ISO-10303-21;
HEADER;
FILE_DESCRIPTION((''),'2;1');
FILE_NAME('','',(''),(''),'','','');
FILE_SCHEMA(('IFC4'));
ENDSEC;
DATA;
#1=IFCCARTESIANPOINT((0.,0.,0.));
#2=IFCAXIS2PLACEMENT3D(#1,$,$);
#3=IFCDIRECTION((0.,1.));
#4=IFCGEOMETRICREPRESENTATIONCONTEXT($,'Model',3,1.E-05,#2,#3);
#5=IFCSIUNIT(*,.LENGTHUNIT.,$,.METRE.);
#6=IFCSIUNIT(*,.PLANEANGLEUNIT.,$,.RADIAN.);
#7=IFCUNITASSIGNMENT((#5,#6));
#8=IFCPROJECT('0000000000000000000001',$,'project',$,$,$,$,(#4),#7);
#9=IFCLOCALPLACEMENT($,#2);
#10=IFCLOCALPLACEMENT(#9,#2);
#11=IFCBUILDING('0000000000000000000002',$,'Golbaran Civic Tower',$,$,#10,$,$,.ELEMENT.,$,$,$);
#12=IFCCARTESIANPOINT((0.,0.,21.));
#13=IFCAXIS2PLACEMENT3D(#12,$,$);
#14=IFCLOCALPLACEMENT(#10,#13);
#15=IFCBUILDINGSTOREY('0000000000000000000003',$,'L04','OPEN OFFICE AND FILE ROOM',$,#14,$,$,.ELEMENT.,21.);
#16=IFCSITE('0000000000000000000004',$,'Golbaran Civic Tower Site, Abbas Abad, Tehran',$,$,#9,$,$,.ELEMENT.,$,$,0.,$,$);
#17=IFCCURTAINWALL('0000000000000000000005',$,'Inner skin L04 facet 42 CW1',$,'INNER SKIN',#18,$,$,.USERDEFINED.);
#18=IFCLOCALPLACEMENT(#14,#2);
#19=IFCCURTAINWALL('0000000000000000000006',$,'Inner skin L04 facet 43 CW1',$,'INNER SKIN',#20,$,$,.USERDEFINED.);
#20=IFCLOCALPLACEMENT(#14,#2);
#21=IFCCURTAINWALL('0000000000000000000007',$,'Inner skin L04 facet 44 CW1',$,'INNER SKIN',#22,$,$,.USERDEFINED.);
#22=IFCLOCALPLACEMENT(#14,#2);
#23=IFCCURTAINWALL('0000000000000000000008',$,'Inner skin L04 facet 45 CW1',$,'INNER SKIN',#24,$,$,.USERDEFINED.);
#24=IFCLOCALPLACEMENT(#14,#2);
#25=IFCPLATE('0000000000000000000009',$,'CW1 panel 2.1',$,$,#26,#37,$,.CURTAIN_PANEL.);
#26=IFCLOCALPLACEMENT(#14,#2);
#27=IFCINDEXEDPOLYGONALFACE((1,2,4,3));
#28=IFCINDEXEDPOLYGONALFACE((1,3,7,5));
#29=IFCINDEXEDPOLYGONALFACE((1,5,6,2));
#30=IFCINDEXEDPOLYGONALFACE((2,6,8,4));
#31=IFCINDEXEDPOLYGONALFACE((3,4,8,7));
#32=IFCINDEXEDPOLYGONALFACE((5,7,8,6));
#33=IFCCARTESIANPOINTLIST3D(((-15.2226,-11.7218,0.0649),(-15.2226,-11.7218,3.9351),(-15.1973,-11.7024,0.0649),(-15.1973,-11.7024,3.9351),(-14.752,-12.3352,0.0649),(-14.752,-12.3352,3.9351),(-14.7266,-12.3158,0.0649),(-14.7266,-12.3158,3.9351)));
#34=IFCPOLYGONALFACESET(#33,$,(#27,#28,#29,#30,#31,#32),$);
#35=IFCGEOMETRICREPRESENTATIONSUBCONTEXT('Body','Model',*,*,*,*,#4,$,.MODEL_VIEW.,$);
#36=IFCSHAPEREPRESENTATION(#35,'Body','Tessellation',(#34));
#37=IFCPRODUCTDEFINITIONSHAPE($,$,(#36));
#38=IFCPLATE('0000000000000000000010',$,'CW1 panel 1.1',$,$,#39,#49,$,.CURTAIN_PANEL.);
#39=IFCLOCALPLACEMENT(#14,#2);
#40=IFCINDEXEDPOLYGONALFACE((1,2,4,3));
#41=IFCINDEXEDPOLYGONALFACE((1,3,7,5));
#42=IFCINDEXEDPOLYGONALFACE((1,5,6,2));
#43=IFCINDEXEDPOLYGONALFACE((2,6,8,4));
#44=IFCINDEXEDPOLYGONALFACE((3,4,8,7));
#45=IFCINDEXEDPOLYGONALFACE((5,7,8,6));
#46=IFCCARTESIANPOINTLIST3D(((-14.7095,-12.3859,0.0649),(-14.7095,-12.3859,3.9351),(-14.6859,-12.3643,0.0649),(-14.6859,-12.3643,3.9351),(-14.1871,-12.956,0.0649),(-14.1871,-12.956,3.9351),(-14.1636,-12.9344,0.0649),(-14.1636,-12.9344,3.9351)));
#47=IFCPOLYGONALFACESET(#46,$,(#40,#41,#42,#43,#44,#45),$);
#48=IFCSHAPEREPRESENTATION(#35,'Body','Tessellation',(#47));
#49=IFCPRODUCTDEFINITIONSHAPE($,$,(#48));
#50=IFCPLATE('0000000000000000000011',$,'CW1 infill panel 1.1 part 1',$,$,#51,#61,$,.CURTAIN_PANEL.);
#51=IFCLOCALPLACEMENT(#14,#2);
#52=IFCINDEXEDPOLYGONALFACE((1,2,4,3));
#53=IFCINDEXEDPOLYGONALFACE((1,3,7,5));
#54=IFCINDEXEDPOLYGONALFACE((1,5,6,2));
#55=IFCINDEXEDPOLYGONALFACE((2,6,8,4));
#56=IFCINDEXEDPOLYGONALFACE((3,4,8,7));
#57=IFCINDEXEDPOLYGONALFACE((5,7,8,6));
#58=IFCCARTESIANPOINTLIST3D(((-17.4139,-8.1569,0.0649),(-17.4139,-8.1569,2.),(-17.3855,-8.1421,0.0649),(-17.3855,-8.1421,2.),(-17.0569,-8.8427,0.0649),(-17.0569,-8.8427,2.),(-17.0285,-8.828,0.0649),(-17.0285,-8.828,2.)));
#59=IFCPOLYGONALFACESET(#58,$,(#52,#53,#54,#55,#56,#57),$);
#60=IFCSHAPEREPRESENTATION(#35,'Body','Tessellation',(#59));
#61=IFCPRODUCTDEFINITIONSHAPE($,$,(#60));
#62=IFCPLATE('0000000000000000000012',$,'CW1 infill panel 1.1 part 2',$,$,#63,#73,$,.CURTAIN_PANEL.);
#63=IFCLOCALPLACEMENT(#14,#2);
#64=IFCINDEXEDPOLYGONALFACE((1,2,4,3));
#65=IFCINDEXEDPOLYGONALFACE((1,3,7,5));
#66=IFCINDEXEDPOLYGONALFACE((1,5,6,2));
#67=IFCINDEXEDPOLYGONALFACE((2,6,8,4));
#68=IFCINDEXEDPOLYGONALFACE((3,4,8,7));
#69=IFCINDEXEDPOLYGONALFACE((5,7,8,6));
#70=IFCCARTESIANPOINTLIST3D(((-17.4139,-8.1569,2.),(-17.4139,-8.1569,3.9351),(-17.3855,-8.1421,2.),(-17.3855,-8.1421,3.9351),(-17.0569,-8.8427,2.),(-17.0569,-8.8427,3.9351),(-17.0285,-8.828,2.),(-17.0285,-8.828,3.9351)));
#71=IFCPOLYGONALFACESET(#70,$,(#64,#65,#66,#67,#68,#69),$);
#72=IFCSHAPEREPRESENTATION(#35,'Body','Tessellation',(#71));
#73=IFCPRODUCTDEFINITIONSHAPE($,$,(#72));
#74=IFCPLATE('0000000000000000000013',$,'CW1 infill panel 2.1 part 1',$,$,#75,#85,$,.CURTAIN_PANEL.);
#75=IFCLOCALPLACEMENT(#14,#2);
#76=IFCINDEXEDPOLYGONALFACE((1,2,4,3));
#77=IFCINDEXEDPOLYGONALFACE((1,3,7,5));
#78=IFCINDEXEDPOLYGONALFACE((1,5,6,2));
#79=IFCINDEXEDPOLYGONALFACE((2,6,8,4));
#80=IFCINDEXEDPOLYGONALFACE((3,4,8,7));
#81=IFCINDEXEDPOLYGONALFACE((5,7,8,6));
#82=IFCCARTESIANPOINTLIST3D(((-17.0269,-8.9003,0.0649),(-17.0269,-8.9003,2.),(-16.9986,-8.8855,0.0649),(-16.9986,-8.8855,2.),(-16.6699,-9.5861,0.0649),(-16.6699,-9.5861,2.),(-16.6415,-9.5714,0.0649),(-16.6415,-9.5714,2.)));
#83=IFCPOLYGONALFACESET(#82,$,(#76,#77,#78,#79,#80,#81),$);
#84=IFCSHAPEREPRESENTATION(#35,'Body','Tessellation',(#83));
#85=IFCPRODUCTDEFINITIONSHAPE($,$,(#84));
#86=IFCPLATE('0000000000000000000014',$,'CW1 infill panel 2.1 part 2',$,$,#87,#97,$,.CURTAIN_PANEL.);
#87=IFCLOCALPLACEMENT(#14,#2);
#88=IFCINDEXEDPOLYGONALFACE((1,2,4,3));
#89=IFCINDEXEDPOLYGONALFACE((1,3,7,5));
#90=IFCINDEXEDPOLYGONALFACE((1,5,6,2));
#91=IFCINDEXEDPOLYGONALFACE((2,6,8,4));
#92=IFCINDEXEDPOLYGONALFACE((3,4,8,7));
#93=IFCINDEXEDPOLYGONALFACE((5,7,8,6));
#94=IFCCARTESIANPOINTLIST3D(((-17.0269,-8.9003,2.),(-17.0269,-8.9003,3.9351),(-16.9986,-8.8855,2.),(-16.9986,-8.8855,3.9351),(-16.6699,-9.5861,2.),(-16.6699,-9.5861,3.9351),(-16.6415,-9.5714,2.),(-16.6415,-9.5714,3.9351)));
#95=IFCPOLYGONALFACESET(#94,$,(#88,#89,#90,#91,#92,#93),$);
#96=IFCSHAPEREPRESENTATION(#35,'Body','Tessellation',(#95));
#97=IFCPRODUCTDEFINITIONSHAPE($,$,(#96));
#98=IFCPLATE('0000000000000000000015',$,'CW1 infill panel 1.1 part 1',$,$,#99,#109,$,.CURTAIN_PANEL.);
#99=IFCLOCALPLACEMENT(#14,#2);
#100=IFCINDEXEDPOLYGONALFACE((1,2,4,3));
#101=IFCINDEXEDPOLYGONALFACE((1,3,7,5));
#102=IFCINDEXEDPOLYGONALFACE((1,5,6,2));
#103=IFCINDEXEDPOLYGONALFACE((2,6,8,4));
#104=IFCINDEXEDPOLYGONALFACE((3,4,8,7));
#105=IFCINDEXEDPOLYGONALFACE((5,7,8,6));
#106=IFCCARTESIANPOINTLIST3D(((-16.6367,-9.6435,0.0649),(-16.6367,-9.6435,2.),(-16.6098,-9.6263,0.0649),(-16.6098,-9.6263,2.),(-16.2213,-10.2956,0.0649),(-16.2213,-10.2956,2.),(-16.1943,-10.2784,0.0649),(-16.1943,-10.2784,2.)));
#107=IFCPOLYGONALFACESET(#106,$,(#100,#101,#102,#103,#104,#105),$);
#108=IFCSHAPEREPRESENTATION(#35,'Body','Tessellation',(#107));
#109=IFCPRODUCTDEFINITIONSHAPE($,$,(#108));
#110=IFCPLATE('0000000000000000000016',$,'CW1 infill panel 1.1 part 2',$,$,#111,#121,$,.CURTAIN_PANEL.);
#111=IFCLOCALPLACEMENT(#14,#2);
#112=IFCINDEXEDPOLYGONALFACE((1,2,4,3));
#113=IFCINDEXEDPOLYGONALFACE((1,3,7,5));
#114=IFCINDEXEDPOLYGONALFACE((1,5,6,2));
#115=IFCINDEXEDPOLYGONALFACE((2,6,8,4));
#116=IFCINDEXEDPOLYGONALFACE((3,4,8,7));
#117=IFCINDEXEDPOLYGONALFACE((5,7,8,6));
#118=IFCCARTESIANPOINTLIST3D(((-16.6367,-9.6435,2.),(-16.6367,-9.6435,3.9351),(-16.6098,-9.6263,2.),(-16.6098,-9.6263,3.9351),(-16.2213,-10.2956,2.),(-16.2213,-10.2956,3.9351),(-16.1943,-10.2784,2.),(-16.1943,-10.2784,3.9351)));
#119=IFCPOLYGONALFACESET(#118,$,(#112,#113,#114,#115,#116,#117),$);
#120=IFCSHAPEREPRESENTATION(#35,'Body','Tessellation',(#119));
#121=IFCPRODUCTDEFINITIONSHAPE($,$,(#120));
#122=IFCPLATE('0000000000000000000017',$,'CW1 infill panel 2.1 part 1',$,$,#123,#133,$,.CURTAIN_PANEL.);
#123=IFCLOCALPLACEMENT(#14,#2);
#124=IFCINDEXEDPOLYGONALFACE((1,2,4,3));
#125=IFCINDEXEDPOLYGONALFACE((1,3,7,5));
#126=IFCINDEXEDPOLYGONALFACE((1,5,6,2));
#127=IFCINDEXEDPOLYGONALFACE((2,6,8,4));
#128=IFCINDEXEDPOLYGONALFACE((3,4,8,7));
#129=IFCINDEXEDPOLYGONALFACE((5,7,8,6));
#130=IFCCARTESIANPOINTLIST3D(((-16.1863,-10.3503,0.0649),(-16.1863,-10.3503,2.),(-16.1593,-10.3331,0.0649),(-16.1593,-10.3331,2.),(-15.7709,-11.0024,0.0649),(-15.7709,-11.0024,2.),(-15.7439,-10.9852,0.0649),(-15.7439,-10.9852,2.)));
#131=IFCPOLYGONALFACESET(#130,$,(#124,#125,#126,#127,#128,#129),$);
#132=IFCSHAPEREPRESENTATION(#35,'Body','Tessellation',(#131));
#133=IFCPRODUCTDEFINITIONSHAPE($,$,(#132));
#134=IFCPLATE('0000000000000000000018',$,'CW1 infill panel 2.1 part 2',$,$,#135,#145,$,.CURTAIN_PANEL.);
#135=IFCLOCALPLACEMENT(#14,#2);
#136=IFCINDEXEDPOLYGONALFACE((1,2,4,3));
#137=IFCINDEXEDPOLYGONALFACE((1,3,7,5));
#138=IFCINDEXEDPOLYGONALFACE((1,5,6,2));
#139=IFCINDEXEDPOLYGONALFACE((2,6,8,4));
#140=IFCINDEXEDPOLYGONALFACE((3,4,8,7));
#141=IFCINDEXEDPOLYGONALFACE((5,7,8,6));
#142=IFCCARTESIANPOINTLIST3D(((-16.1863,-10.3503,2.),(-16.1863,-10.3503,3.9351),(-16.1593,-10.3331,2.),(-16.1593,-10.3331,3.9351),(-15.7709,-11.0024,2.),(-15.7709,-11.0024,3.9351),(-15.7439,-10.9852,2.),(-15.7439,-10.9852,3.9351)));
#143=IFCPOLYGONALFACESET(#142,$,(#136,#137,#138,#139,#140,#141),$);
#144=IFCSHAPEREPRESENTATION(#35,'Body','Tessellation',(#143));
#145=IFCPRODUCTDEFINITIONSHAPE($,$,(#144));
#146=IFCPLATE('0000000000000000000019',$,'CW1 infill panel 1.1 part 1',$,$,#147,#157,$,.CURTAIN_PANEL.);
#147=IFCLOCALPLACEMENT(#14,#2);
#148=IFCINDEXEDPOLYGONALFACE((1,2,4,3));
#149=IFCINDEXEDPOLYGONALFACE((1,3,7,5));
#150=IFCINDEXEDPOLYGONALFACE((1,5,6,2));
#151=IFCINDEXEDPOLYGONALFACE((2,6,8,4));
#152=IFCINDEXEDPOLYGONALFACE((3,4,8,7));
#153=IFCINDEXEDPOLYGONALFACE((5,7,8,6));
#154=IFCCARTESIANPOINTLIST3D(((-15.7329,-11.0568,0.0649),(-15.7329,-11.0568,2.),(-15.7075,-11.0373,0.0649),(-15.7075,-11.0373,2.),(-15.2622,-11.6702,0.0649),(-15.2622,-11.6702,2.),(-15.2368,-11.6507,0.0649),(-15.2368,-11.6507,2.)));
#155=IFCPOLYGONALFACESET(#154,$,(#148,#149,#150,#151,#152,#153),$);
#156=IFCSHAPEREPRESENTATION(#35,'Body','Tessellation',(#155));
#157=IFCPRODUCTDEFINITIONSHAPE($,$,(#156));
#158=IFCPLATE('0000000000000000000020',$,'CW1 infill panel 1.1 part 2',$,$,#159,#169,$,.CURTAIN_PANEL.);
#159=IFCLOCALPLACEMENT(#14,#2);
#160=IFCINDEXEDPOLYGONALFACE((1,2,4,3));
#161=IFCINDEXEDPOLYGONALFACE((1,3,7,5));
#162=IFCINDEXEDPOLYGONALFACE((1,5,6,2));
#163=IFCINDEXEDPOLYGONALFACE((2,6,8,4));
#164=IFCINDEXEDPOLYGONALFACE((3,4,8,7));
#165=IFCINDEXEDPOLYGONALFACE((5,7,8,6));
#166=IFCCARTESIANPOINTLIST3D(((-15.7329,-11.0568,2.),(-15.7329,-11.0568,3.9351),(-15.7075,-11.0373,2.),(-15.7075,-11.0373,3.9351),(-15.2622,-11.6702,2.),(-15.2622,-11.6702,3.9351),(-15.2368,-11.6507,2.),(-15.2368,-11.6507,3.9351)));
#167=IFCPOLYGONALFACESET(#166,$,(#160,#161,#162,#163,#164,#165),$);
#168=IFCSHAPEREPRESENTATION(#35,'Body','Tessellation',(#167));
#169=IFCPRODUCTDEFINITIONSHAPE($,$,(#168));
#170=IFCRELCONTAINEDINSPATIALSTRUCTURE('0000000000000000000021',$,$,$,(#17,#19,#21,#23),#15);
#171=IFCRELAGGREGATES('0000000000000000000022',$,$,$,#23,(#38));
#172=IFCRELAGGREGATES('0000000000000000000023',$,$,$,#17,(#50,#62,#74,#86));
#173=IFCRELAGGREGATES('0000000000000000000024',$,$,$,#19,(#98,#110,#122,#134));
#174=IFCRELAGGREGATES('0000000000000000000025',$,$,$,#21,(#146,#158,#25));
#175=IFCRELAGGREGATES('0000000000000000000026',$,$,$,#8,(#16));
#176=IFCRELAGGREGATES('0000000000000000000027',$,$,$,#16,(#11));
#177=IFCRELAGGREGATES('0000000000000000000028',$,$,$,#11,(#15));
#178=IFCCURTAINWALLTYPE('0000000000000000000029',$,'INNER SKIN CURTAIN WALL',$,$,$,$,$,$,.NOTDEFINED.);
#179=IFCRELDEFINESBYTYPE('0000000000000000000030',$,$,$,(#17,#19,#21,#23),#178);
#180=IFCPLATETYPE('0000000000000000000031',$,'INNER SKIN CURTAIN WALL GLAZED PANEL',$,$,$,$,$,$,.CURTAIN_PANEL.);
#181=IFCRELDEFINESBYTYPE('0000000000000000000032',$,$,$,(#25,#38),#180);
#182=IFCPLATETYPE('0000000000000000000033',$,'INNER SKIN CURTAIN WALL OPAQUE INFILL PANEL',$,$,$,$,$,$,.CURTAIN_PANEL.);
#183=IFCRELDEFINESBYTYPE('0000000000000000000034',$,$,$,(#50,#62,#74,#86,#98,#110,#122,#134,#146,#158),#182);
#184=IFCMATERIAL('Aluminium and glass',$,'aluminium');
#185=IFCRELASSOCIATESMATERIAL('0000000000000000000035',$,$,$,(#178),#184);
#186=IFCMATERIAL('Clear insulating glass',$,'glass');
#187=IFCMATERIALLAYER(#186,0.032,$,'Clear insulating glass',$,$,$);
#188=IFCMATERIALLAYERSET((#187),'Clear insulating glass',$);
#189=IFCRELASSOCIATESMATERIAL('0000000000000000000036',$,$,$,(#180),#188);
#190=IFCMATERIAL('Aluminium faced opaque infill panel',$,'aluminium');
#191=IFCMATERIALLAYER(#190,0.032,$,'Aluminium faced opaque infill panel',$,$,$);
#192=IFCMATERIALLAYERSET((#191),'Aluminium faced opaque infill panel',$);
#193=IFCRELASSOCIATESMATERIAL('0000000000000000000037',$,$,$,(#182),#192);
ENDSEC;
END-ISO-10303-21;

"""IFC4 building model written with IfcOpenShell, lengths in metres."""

from ifc_helpers import new_model, si_unit, direction, frame, origin, origin_2d, place, context, subcontext, project, spatial, rectangle, extrude, material, layer, layer_set, type_object, element, aggregate, save


model = new_model("IFC4")

# Units and contexts
model_context = context("Model", 3, precision=1e-05, world=origin(), true_north=direction((0.0, 1.0)))
body_context = subcontext(model_context, "Body", "Model", "MODEL_VIEW")
ifc_project = project(units=[si_unit("LENGTHUNIT", "METRE"), si_unit("PLANEANGLEUNIT", "RADIAN")], contexts=[model_context])

# Site, building, storey
site_placement = place(None, origin())
site = spatial("IfcSite", under=ifc_project, at=site_placement, Name="Golbaran Civic Tower Site, Abbas Abad, Tehran", CompositionType="ELEMENT", RefElevation=0.0)
building_placement = place(site_placement, origin())
building = spatial("IfcBuilding", under=site, at=building_placement, Name="Golbaran Civic Tower", CompositionType="ELEMENT")
storey_placement = place(building_placement, frame((0.0, 0.0, 21.0)))
storey = spatial("IfcBuildingStorey", under=building, at=storey_placement, Name="L04", Description="OPEN OFFICE AND FILE ROOM", CompositionType="ELEMENT", Elevation=21.0)

# Curtain walls
ifc_material_1 = material(Name="Aluminium and glass", Category="aluminium")
curtain_wall_type = type_object("IfcCurtainWallType", Name="INNER SKIN CURTAIN WALL", PredefinedType="NOTDEFINED", material=ifc_material_1)
curtain_wall_1_placement = place(storey_placement, origin())
curtain_wall_1 = element("IfcCurtainWall", 1, at=curtain_wall_1_placement, inside=storey, type_object=curtain_wall_type, Name="Inner skin L04 facet 42 CW1", ObjectType="INNER SKIN", PredefinedType="USERDEFINED")
curtain_wall_2_placement = place(storey_placement, origin())
curtain_wall_2 = element("IfcCurtainWall", 2, at=curtain_wall_2_placement, inside=storey, type_object=curtain_wall_type, Name="Inner skin L04 facet 43 CW1", ObjectType="INNER SKIN", PredefinedType="USERDEFINED")
curtain_wall_3_placement = place(storey_placement, origin())
curtain_wall_3 = element("IfcCurtainWall", 3, at=curtain_wall_3_placement, inside=storey, type_object=curtain_wall_type, Name="Inner skin L04 facet 44 CW1", ObjectType="INNER SKIN", PredefinedType="USERDEFINED")

# Curtain wall
curtain_wall_4_placement = place(storey_placement, origin())
curtain_wall_4 = element("IfcCurtainWall", 4, at=curtain_wall_4_placement, inside=storey, type_object=curtain_wall_type, Name="Inner skin L04 facet 45 CW1", ObjectType="INNER SKIN", PredefinedType="USERDEFINED")

# Plates
ifc_material_2 = material(Name="Clear insulating glass", Category="glass")
ifc_layer_1 = layer(ifc_material_2, 0.032, Name="Clear insulating glass")
ifc_layer_set_1 = layer_set([ifc_layer_1], Name="Clear insulating glass")
plate_type_1 = type_object("IfcPlateType", Name="INNER SKIN CURTAIN WALL GLAZED PANEL", PredefinedType="CURTAIN_PANEL", material=ifc_layer_set_1)
plate_1_placement = place(storey_placement, frame((-14.9746, -12.0188, 0.0649), z_axis=(0.0, 0.0, 1.0), x_axis=(0.608761, -0.793353, 0.0)))
plate_1 = element("IfcPlate", 5, at=plate_1_placement, type_object=plate_type_1, Name="CW1 panel 2.1", PredefinedType="CURTAIN_PANEL", context=body_context, shape_type="SweptSolid", body=[
    extrude(rectangle(XDim=0.7732, YDim=0.032, at=origin_2d()), origin(), (0.0, 0.0, 1.0), 3.8701),
])
plate_2_placement = place(storey_placement, frame((-14.4365, -12.6602, 0.0649), z_axis=(0.0, 0.0, 1.0), x_axis=(0.67559, -0.737277, 0.0)))
plate_2 = element("IfcPlate", 6, at=plate_2_placement, type_object=plate_type_1, Name="CW1 panel 1.1", PredefinedType="CURTAIN_PANEL", context=body_context, shape_type="SweptSolid", body=[
    extrude(rectangle(XDim=0.7732, YDim=0.032, at=origin_2d()), origin(), (0.0, 0.0, 1.0), 3.8701),
])
aggregate(curtain_wall_4, [plate_2])
ifc_material_3 = material(Name="Aluminium faced opaque infill panel", Category="aluminium")
ifc_layer_2 = layer(ifc_material_3, 0.032, Name="Aluminium faced opaque infill panel")
ifc_layer_set_2 = layer_set([ifc_layer_2], Name="Aluminium faced opaque infill panel")
plate_type_2 = type_object("IfcPlateType", Name="INNER SKIN CURTAIN WALL OPAQUE INFILL PANEL", PredefinedType="CURTAIN_PANEL", material=ifc_layer_set_2)
plate_3_placement = place(storey_placement, frame((-17.2212, -8.4924, 0.0649), z_axis=(0.0, 0.0, 1.0), x_axis=(0.461749, -0.887011, 0.0)))
plate_3 = element("IfcPlate", 7, at=plate_3_placement, type_object=plate_type_2, Name="CW1 infill panel 1.1 part 1", PredefinedType="CURTAIN_PANEL", context=body_context, shape_type="SweptSolid", body=[
    extrude(rectangle(XDim=0.7732, YDim=0.032, at=origin_2d()), origin(), (0.0, 0.0, 1.0), 1.9351),
])
plate_4_placement = place(storey_placement, frame((-17.2212, -8.4924, 2.0), z_axis=(0.0, 0.0, 1.0), x_axis=(0.461749, -0.887011, 0.0)))
plate_4 = element("IfcPlate", 8, at=plate_4_placement, type_object=plate_type_2, Name="CW1 infill panel 1.1 part 2", PredefinedType="CURTAIN_PANEL", context=body_context, shape_type="SweptSolid", body=[
    extrude(rectangle(XDim=0.7732, YDim=0.032, at=origin_2d()), origin(), (0.0, 0.0, 1.0), 1.9351),
])
plate_5_placement = place(storey_placement, frame((-16.8342, -9.2358, 0.0649), z_axis=(0.0, 0.0, 1.0), x_axis=(0.461749, -0.887011, 0.0)))
plate_5 = element("IfcPlate", 9, at=plate_5_placement, type_object=plate_type_2, Name="CW1 infill panel 2.1 part 1", PredefinedType="CURTAIN_PANEL", context=body_context, shape_type="SweptSolid", body=[
    extrude(rectangle(XDim=0.7732, YDim=0.032, at=origin_2d()), origin(), (0.0, 0.0, 1.0), 1.9351),
])
plate_6_placement = place(storey_placement, frame((-16.8342, -9.2358, 2.0), z_axis=(0.0, 0.0, 1.0), x_axis=(0.461749, -0.887011, 0.0)))
plate_6 = element("IfcPlate", 10, at=plate_6_placement, type_object=plate_type_2, Name="CW1 infill panel 2.1 part 2", PredefinedType="CURTAIN_PANEL", context=body_context, shape_type="SweptSolid", body=[
    extrude(rectangle(XDim=0.7732, YDim=0.032, at=origin_2d()), origin(), (0.0, 0.0, 1.0), 1.9351),
])
aggregate(curtain_wall_1, [plate_3, plate_4, plate_5, plate_6])
plate_7_placement = place(storey_placement, frame((-16.4155, -9.9609, 0.0649), z_axis=(0.0, 0.0, 1.0), x_axis=(0.5373, -0.843391, 0.0)))
plate_7 = element("IfcPlate", 11, at=plate_7_placement, type_object=plate_type_2, Name="CW1 infill panel 1.1 part 1", PredefinedType="CURTAIN_PANEL", context=body_context, shape_type="SweptSolid", body=[
    extrude(rectangle(XDim=0.7732, YDim=0.032, at=origin_2d()), origin(), (0.0, 0.0, 1.0), 1.9351),
])
plate_8_placement = place(storey_placement, frame((-16.4155, -9.9609, 2.0), z_axis=(0.0, 0.0, 1.0), x_axis=(0.5373, -0.843391, 0.0)))
plate_8 = element("IfcPlate", 12, at=plate_8_placement, type_object=plate_type_2, Name="CW1 infill panel 1.1 part 2", PredefinedType="CURTAIN_PANEL", context=body_context, shape_type="SweptSolid", body=[
    extrude(rectangle(XDim=0.7732, YDim=0.032, at=origin_2d()), origin(), (0.0, 0.0, 1.0), 1.9351),
])
plate_9_placement = place(storey_placement, frame((-15.9651, -10.6677, 0.0649), z_axis=(0.0, 0.0, 1.0), x_axis=(0.5373, -0.843391, 0.0)))
plate_9 = element("IfcPlate", 13, at=plate_9_placement, type_object=plate_type_2, Name="CW1 infill panel 2.1 part 1", PredefinedType="CURTAIN_PANEL", context=body_context, shape_type="SweptSolid", body=[
    extrude(rectangle(XDim=0.7732, YDim=0.032, at=origin_2d()), origin(), (0.0, 0.0, 1.0), 1.9351),
])
plate_10_placement = place(storey_placement, frame((-15.9651, -10.6677, 2.0), z_axis=(0.0, 0.0, 1.0), x_axis=(0.5373, -0.843391, 0.0)))
plate_10 = element("IfcPlate", 14, at=plate_10_placement, type_object=plate_type_2, Name="CW1 infill panel 2.1 part 2", PredefinedType="CURTAIN_PANEL", context=body_context, shape_type="SweptSolid", body=[
    extrude(rectangle(XDim=0.7732, YDim=0.032, at=origin_2d()), origin(), (0.0, 0.0, 1.0), 1.9351),
])
aggregate(curtain_wall_2, [plate_7, plate_8, plate_9, plate_10])
plate_11_placement = place(storey_placement, frame((-15.4849, -11.3538, 0.0649), z_axis=(0.0, 0.0, 1.0), x_axis=(0.608761, -0.793353, 0.0)))
plate_11 = element("IfcPlate", 15, at=plate_11_placement, type_object=plate_type_2, Name="CW1 infill panel 1.1 part 1", PredefinedType="CURTAIN_PANEL", context=body_context, shape_type="SweptSolid", body=[
    extrude(rectangle(XDim=0.7732, YDim=0.032, at=origin_2d()), origin(), (0.0, 0.0, 1.0), 1.9351),
])
plate_12_placement = place(storey_placement, frame((-15.4849, -11.3538, 2.0), z_axis=(0.0, 0.0, 1.0), x_axis=(0.608761, -0.793353, 0.0)))
plate_12 = element("IfcPlate", 16, at=plate_12_placement, type_object=plate_type_2, Name="CW1 infill panel 1.1 part 2", PredefinedType="CURTAIN_PANEL", context=body_context, shape_type="SweptSolid", body=[
    extrude(rectangle(XDim=0.7732, YDim=0.032, at=origin_2d()), origin(), (0.0, 0.0, 1.0), 1.9351),
])
aggregate(curtain_wall_3, [plate_11, plate_12, plate_1])

save(model, "model.ifc")
